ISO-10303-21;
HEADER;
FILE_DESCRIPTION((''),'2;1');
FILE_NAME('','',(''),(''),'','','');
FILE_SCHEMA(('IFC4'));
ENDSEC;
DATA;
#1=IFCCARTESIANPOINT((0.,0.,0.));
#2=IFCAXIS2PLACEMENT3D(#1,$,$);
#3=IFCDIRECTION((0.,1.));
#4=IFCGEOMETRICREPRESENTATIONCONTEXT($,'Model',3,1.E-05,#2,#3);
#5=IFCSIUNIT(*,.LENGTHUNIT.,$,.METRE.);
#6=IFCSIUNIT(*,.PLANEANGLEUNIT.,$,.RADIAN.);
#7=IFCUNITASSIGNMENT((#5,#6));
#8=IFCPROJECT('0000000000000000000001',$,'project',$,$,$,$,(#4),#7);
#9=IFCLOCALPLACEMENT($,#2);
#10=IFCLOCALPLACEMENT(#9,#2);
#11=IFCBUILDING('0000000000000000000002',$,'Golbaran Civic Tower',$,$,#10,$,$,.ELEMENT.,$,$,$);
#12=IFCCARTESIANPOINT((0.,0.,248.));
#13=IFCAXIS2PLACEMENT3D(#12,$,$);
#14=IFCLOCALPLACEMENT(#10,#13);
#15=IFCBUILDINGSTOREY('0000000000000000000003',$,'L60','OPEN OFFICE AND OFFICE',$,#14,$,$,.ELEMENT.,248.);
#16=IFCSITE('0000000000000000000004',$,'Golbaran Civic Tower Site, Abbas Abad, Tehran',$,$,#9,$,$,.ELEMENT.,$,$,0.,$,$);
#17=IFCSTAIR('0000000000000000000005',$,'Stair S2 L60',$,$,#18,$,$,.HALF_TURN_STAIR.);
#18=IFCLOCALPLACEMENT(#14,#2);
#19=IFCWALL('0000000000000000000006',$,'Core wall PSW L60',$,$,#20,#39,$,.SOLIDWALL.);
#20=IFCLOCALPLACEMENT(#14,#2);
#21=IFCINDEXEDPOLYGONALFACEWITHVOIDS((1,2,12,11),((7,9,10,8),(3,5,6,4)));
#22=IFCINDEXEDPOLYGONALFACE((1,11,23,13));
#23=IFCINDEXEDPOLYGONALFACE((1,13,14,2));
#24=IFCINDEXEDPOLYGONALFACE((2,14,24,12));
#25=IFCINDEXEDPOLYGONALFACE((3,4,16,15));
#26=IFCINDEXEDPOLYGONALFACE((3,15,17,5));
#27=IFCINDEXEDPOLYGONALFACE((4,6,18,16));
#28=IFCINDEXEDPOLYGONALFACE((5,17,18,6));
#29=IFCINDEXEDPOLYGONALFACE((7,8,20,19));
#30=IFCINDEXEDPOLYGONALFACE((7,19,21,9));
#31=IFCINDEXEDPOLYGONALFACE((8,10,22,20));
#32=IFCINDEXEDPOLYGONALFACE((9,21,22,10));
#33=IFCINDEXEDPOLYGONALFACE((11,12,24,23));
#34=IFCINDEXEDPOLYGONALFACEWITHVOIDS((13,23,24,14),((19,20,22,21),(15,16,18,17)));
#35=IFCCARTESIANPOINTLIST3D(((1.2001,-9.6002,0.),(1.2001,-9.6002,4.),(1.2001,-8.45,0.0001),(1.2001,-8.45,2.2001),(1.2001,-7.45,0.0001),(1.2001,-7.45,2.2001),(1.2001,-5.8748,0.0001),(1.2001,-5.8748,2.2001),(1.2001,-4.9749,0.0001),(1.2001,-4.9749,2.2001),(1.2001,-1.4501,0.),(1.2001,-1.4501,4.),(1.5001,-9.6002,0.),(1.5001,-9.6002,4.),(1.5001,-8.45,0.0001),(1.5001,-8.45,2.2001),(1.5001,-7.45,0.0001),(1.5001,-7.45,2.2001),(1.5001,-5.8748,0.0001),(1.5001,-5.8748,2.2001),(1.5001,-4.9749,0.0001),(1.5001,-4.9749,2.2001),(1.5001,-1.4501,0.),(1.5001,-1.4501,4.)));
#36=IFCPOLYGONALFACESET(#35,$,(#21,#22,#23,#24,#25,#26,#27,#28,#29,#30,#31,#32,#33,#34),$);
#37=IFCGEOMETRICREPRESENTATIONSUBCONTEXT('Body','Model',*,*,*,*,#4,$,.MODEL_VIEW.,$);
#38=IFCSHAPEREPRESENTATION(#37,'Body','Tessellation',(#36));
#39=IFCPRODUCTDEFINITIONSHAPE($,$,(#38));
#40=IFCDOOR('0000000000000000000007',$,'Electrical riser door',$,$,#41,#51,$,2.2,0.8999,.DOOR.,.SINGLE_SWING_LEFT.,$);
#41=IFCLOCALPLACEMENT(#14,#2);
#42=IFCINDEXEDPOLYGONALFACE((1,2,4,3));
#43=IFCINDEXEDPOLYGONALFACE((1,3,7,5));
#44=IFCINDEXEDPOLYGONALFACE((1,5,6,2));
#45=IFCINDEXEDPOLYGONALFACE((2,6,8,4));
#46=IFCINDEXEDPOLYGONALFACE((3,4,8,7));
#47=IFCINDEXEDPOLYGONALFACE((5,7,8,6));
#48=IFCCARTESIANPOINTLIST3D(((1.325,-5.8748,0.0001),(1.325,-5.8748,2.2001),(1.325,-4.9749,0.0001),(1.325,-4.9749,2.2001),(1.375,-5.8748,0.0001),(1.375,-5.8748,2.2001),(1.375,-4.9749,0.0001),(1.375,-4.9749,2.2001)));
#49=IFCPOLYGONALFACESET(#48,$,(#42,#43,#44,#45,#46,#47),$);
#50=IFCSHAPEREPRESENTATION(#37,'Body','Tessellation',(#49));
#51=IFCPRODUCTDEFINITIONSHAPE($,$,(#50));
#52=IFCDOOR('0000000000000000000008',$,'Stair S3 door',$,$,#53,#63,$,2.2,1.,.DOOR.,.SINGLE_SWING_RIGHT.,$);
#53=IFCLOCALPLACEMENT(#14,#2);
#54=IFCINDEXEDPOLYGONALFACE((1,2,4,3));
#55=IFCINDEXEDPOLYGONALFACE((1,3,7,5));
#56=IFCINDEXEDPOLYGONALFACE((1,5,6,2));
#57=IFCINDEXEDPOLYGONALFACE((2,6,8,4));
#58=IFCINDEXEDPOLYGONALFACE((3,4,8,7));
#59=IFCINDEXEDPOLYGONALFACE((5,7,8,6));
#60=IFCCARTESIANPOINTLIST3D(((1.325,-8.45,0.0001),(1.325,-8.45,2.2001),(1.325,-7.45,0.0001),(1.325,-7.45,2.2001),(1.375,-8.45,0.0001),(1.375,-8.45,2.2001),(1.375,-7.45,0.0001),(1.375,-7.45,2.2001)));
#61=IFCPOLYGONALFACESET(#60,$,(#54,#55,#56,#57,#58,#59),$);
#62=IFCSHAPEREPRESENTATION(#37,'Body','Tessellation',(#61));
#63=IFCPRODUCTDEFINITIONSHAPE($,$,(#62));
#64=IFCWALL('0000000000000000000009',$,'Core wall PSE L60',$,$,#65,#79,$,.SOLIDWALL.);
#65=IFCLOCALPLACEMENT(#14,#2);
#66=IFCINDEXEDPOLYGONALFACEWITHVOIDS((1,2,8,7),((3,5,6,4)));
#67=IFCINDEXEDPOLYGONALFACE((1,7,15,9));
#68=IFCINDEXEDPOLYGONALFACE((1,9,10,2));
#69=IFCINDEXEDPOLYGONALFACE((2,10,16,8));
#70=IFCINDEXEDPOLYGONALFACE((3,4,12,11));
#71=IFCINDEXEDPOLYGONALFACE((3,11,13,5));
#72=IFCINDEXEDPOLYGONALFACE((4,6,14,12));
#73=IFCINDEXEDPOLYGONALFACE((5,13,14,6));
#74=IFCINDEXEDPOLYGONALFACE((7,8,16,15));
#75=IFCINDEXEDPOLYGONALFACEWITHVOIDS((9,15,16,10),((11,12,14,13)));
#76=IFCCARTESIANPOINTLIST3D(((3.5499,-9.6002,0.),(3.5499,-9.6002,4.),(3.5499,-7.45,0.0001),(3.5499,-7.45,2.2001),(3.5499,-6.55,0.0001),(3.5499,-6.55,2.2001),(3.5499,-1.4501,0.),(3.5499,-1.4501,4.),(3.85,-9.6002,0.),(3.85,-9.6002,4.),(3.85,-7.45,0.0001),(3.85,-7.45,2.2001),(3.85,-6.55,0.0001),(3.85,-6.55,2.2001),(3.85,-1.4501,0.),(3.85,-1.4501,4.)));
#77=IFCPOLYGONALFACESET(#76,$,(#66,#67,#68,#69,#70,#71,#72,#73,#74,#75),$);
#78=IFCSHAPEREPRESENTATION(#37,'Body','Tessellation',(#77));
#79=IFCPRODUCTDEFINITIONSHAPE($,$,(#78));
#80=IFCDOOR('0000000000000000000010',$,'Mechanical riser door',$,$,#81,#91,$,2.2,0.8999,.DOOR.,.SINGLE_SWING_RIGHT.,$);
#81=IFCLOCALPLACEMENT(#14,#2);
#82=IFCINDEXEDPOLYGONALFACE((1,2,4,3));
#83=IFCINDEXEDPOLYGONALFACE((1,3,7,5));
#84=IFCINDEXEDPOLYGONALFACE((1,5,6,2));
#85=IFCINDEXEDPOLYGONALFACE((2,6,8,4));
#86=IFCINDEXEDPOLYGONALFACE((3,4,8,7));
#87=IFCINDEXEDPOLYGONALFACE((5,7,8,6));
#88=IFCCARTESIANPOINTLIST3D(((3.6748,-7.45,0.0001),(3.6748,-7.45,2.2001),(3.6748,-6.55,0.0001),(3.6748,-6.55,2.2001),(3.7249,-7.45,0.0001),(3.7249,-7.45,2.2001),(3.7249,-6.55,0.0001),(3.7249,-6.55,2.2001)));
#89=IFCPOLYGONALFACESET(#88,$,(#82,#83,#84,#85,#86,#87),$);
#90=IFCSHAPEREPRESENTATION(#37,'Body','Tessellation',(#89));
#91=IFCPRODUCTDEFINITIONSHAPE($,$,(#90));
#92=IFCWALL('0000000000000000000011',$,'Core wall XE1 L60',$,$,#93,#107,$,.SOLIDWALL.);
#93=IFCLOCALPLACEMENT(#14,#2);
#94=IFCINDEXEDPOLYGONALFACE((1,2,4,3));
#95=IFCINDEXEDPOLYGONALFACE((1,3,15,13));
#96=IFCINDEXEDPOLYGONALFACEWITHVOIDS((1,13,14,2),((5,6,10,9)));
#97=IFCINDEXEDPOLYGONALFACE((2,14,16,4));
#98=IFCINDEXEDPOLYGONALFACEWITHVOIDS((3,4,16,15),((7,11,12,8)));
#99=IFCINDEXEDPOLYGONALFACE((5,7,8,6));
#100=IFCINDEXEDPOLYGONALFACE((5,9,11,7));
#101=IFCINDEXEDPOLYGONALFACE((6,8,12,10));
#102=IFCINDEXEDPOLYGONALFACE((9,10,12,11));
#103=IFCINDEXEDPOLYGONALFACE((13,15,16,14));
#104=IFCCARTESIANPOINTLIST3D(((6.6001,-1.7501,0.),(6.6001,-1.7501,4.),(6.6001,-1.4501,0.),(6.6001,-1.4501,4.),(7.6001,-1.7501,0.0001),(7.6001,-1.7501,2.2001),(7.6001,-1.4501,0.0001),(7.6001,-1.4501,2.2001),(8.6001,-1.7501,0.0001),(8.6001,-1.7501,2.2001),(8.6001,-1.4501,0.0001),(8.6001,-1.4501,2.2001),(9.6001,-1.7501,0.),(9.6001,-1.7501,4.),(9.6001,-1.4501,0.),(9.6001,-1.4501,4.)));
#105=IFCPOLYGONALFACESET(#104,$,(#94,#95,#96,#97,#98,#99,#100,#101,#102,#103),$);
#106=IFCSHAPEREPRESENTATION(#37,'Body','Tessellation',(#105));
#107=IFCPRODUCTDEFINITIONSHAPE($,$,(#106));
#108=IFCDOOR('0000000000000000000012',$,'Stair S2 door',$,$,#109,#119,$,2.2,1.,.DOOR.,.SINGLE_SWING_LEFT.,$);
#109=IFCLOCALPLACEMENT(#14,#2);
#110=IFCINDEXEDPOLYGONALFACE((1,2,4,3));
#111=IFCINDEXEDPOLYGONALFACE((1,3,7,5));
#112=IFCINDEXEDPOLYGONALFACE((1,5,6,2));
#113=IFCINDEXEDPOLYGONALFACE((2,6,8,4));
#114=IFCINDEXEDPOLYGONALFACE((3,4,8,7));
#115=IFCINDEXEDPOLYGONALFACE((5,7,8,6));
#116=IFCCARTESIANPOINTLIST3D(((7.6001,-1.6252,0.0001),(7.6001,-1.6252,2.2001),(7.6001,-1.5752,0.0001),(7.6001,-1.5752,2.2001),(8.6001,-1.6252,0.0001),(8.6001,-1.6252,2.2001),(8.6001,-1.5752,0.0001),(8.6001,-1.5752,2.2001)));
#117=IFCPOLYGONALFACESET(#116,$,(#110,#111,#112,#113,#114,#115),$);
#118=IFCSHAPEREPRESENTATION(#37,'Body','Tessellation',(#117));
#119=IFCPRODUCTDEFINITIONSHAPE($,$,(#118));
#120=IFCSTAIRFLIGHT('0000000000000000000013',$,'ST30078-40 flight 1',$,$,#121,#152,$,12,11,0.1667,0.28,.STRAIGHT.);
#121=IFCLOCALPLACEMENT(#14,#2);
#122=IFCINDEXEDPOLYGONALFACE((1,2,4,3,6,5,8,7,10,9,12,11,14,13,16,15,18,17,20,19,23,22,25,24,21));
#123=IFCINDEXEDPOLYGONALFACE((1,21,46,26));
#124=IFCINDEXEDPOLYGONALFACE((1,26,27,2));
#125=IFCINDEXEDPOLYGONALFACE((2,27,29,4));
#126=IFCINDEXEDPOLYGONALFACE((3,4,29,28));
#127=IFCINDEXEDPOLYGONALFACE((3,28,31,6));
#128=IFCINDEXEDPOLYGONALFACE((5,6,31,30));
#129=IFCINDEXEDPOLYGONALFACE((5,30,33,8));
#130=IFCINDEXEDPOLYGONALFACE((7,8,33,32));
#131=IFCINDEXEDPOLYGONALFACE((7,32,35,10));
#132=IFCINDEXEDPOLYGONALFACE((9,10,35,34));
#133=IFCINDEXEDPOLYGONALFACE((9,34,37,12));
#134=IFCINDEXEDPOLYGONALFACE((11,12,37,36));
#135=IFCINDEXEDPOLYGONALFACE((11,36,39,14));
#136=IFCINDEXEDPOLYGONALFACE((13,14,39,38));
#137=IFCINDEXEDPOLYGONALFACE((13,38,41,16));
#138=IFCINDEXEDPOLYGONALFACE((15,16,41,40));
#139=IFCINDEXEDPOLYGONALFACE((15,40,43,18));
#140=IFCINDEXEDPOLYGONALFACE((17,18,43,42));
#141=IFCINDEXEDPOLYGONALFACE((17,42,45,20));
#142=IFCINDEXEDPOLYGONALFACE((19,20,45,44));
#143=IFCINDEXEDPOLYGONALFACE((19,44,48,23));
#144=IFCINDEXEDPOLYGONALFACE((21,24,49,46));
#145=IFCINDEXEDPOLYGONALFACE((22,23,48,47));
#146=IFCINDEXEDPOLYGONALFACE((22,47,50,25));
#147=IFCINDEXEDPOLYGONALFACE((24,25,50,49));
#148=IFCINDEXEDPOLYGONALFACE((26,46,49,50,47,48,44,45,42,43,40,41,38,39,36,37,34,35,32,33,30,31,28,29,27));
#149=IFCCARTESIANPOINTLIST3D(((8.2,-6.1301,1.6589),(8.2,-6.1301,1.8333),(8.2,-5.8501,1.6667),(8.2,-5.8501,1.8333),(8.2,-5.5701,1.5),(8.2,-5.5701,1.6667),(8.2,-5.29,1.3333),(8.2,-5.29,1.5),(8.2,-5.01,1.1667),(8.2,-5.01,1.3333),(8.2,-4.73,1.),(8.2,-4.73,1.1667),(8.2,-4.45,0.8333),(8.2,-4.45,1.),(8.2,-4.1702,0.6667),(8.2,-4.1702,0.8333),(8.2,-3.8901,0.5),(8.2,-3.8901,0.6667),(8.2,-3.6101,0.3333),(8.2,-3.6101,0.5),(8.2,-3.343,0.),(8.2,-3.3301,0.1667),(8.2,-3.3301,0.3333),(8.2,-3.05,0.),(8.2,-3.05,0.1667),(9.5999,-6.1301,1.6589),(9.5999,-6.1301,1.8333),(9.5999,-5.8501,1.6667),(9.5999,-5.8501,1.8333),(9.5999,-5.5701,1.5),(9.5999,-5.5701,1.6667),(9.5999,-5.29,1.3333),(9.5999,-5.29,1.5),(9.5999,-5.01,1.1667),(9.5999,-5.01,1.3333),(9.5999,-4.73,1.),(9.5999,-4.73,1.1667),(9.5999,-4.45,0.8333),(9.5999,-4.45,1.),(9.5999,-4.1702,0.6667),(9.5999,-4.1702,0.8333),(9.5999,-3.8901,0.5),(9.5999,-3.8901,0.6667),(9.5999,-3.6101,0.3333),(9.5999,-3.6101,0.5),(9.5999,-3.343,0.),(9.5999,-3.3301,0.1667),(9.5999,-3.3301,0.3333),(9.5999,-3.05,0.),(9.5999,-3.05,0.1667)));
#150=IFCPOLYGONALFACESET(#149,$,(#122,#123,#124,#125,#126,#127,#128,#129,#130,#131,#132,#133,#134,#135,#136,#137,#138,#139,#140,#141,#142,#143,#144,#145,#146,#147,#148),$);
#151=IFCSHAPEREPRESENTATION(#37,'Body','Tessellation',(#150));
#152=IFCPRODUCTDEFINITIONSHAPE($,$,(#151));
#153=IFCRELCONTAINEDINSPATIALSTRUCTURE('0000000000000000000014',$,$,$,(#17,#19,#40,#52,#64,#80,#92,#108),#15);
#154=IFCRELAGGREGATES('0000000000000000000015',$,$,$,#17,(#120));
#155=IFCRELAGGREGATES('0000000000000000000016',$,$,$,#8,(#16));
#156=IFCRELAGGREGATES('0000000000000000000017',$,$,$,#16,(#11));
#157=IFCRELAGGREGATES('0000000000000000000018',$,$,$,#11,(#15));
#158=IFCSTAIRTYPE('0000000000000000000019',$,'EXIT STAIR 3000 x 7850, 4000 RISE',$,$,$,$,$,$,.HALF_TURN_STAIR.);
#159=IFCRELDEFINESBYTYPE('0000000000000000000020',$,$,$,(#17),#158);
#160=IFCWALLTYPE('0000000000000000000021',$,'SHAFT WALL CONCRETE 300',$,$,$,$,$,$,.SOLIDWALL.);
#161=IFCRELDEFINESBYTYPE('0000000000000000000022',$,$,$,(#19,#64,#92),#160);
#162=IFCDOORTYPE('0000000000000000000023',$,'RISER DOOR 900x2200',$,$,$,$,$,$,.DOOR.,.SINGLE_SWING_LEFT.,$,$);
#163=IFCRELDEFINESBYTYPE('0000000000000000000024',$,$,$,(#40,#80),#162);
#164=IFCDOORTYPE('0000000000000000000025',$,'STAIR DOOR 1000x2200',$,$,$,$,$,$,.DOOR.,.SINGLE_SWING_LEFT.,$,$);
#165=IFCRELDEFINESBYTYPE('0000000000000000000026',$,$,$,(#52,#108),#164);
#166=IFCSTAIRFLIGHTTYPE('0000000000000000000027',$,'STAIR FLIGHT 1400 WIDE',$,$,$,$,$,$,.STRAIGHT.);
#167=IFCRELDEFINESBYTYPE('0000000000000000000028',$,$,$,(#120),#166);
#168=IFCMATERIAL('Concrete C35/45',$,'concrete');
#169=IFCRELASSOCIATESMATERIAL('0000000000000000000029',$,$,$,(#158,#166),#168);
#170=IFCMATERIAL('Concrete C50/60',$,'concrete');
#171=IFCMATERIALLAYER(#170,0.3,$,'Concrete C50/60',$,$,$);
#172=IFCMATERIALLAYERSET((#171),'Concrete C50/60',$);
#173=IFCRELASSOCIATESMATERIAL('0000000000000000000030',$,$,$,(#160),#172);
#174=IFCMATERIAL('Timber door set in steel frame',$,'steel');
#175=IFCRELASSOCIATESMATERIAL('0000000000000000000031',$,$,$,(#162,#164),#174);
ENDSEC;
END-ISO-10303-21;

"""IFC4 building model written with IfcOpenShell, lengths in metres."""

from ifc_helpers import new_model, si_unit, direction, frame, frame_2d, origin, place, context, subcontext, project, spatial, polyline, rectangle, outline, extrude, material, layer, layer_set, type_object, element, fill, aggregate, save


model = new_model("IFC4")

# Units and contexts
model_context = context("Model", 3, precision=1e-05, world=origin(), true_north=direction((0.0, 1.0)))
body_context = subcontext(model_context, "Body", "Model", "MODEL_VIEW")
ifc_project = project(units=[si_unit("LENGTHUNIT", "METRE"), si_unit("PLANEANGLEUNIT", "RADIAN")], contexts=[model_context])

# Site, building, storey
site_placement = place(None, origin())
site = spatial("IfcSite", under=ifc_project, at=site_placement, Name="Golbaran Civic Tower Site, Abbas Abad, Tehran", CompositionType="ELEMENT", RefElevation=0.0)
building_placement = place(site_placement, origin())
building = spatial("IfcBuilding", under=site, at=building_placement, Name="Golbaran Civic Tower", CompositionType="ELEMENT")
storey_placement = place(building_placement, frame((0.0, 0.0, 248.0)))
storey = spatial("IfcBuildingStorey", under=building, at=storey_placement, Name="L60", Description="OPEN OFFICE AND OFFICE", CompositionType="ELEMENT", Elevation=248.0)

# Shared definitions
ifc_material_1 = material(Name="Concrete C35/45", Category="concrete")

# Shared definitions
stair_type_1 = type_object("IfcStairType", Name="EXIT STAIR 3000 x 7850, 4000 RISE", PredefinedType="HALF_TURN_STAIR", material=ifc_material_1)

# Stair
stair_1_placement = place(storey_placement, origin())
stair_1 = element("IfcStair", 1, at=stair_1_placement, inside=storey, type_object=stair_type_1, Name="Stair S2 L60", PredefinedType="HALF_TURN_STAIR")

# Shared definitions
ifc_material_2 = material(Name="Concrete C50/60", Category="concrete")
ifc_layer_1 = layer(ifc_material_2, 0.3, Name="Concrete C50/60")
ifc_layer_set_1 = layer_set([ifc_layer_1], Name="Concrete C50/60")
wall_type = type_object("IfcWallType", Name="SHAFT WALL CONCRETE 300", PredefinedType="SOLIDWALL", material=ifc_layer_set_1)

# Wall, openings, doors
wall_1_placement = place(storey_placement, frame((1.3501, -1.45, 0.0), z_axis=(0.0, 0.0, 1.0), x_axis=(0.0, -1.0, 0.0)))
wall_1 = element("IfcWall", 2, at=wall_1_placement, inside=storey, type_object=wall_type, Name="Core wall PSW L60", PredefinedType="SOLIDWALL", context=body_context, shape_type="SweptSolid", body=[
    extrude(rectangle(XDim=8.1501, YDim=0.3, at=frame_2d((4.0752, 0.0))), origin(), (0.0, 0.0, 1.0), 4.0),
])
opening_1_placement = place(wall_1_placement, frame((6.0, 0.0, 0.0)))
opening_1 = element("IfcOpeningElement", 3, at=opening_1_placement, cuts=wall_1, PredefinedType="OPENING", context=body_context, shape_type="SweptSolid", body=[
    extrude(rectangle(XDim=1.0, YDim=2.2, at=frame_2d((0.5, 1.1001))), frame((0.0, 0.1599, 0.0), z_axis=(0.0, -1.0, 0.0), x_axis=(1.0, 0.0, 0.0)), (0.0, 0.0, 1.0), 0.3201),
])
opening_2_placement = place(wall_1_placement, frame((3.5249, 0.0, 0.0)))
opening_2 = element("IfcOpeningElement", 4, at=opening_2_placement, cuts=wall_1, PredefinedType="OPENING", context=body_context, shape_type="SweptSolid", body=[
    extrude(rectangle(XDim=0.8999, YDim=2.2, at=frame_2d((0.45, 1.1001))), frame((0.0, 0.1599, 0.0), z_axis=(0.0, -1.0, 0.0), x_axis=(1.0, 0.0, 0.0)), (0.0, 0.0, 1.0), 0.3201),
])
ifc_material_3 = material(Name="Timber door set in steel frame", Category="steel")
door_type_1 = type_object("IfcDoorType", Name="RISER DOOR 900x2200", OperationType="SINGLE_SWING_LEFT", PredefinedType="DOOR", material=ifc_material_3)
door_1_placement = place(opening_2_placement, origin())
door_1 = element("IfcDoor", 5, at=door_1_placement, inside=storey, type_object=door_type_1, Name="Electrical riser door", OperationType="SINGLE_SWING_LEFT", OverallHeight=2.2, OverallWidth=0.8999, PredefinedType="DOOR", context=body_context, shape_type="SweptSolid", body=[
    extrude(rectangle(XDim=0.8999, YDim=2.2, at=frame_2d((0.45, 1.1001))), frame((0.0, 0.0249, 0.0), z_axis=(0.0, -1.0, 0.0), x_axis=(1.0, 0.0, 0.0)), (0.0, 0.0, 1.0), 0.05),
])
fill(opening_2, door_1)
door_type_2 = type_object("IfcDoorType", Name="STAIR DOOR 1000x2200", OperationType="SINGLE_SWING_LEFT", PredefinedType="DOOR", material=ifc_material_3)
door_2_placement = place(opening_1_placement, origin())
door_2 = element("IfcDoor", 6, at=door_2_placement, inside=storey, type_object=door_type_2, Name="Stair S3 door", OperationType="SINGLE_SWING_RIGHT", OverallHeight=2.2, OverallWidth=1.0, PredefinedType="DOOR", context=body_context, shape_type="SweptSolid", body=[
    extrude(rectangle(XDim=1.0, YDim=2.2, at=frame_2d((0.5, 1.1001))), frame((0.0, 0.0249, 0.0), z_axis=(0.0, -1.0, 0.0), x_axis=(1.0, 0.0, 0.0)), (0.0, 0.0, 1.0), 0.05),
])
fill(opening_1, door_2)

# Walls, openings, doors
wall_2_placement = place(storey_placement, frame((3.7, -1.45, 0.0), z_axis=(0.0, 0.0, 1.0), x_axis=(0.0, -1.0, 0.0)))
wall_2 = element("IfcWall", 7, at=wall_2_placement, inside=storey, type_object=wall_type, Name="Core wall PSE L60", PredefinedType="SOLIDWALL", context=body_context, shape_type="SweptSolid", body=[
    extrude(rectangle(XDim=8.1501, YDim=0.3, at=frame_2d((4.0752, 0.0))), origin(), (0.0, 0.0, 1.0), 4.0),
])
opening_3_placement = place(wall_2_placement, frame((5.1001, 0.0, 0.0)))
opening_3 = element("IfcOpeningElement", 8, at=opening_3_placement, cuts=wall_2, PredefinedType="OPENING", context=body_context, shape_type="SweptSolid", body=[
    extrude(rectangle(XDim=0.8999, YDim=2.2, at=frame_2d((0.45, 1.1001))), frame((0.0, 0.1599, 0.0), z_axis=(0.0, -1.0, 0.0), x_axis=(1.0, 0.0, 0.0)), (0.0, 0.0, 1.0), 0.3201),
])
door_3_placement = place(opening_3_placement, origin())
door_3 = element("IfcDoor", 9, at=door_3_placement, inside=storey, type_object=door_type_1, Name="Mechanical riser door", OperationType="SINGLE_SWING_RIGHT", OverallHeight=2.2, OverallWidth=0.8999, PredefinedType="DOOR", context=body_context, shape_type="SweptSolid", body=[
    extrude(rectangle(XDim=0.8999, YDim=2.2, at=frame_2d((0.45, 1.1001))), frame((0.0, 0.0249, 0.0), z_axis=(0.0, -1.0, 0.0), x_axis=(1.0, 0.0, 0.0)), (0.0, 0.0, 1.0), 0.05),
])
fill(opening_3, door_3)
wall_3_placement = place(storey_placement, frame((6.6001, -1.6001, 0.0), z_axis=(0.0, 0.0, 1.0), x_axis=(1.0, 0.0, 0.0)))
wall_3 = element("IfcWall", 10, at=wall_3_placement, inside=storey, type_object=wall_type, Name="Core wall XE1 L60", PredefinedType="SOLIDWALL", context=body_context, shape_type="SweptSolid", body=[
    extrude(rectangle(XDim=3.0, YDim=0.3, at=frame_2d((1.5, 0.0))), origin(), (0.0, 0.0, 1.0), 4.0),
])
opening_4_placement = place(wall_3_placement, frame((1.0, 0.0, 0.0)))
opening_4 = element("IfcOpeningElement", 11, at=opening_4_placement, cuts=wall_3, PredefinedType="OPENING", context=body_context, shape_type="SweptSolid", body=[
    extrude(rectangle(XDim=1.0, YDim=2.2, at=frame_2d((0.5, 1.1001))), frame((0.0, 0.1599, 0.0), z_axis=(0.0, -1.0, 0.0), x_axis=(1.0, 0.0, 0.0)), (0.0, 0.0, 1.0), 0.3201),
])
door_4_placement = place(opening_4_placement, origin())
door_4 = element("IfcDoor", 12, at=door_4_placement, inside=storey, type_object=door_type_2, Name="Stair S2 door", OperationType="SINGLE_SWING_LEFT", OverallHeight=2.2, OverallWidth=1.0, PredefinedType="DOOR", context=body_context, shape_type="SweptSolid", body=[
    extrude(rectangle(XDim=1.0, YDim=2.2, at=frame_2d((0.5, 1.1001))), frame((0.0, 0.0249, 0.0), z_axis=(0.0, -1.0, 0.0), x_axis=(1.0, 0.0, 0.0)), (0.0, 0.0, 1.0), 0.05),
])
fill(opening_4, door_4)

# Stair flight
stair_flight_type = type_object("IfcStairFlightType", Name="STAIR FLIGHT 1400 WIDE", PredefinedType="STRAIGHT", material=ifc_material_1)
stair_flight_placement = place(storey_placement, frame((8.8999, -3.05, 0.0), z_axis=(0.0, 0.0, 1.0), x_axis=(0.0, -1.0, 0.0)))
stair_flight = element("IfcStairFlight", 13, at=stair_flight_placement, type_object=stair_flight_type, Name="ST30078-40 flight 1", NumberOfRisers=12, NumberOfTreads=11, PredefinedType="STRAIGHT", RiserHeight=0.1667, TreadLength=0.28, context=body_context, shape_type="SweptSolid", body=[
    extrude(outline(polyline([(0.0, 0.0), (0.0, 0.1667), (0.28, 0.1667), (0.28, 0.3333), (0.5601, 0.3333), (0.5601, 0.5), (0.8401, 0.5), (0.8401, 0.6667), (1.1201, 0.6667), (1.1201, 0.8333), (1.3999, 0.8333), (1.3999, 1.0), (1.6799, 1.0), (1.6799, 1.1667), (1.96, 1.1667), (1.96, 1.3333), (2.24, 1.3333), (2.24, 1.5), (2.52, 1.5), (2.52, 1.6667), (2.8, 1.6667), (2.8, 1.8333), (3.0801, 1.8333), (3.0801, 2.0), (3.0801, 1.6589), (0.293, 0.0), (0.0, 0.0)])), frame((0.0, 0.7, 0.0), z_axis=(0.0, -1.0, 0.0), x_axis=(1.0, 0.0, 0.0)), (0.0, 0.0, 1.0), 1.3999),
])
aggregate(stair_1, [stair_flight])

save(model, "model.ifc")
